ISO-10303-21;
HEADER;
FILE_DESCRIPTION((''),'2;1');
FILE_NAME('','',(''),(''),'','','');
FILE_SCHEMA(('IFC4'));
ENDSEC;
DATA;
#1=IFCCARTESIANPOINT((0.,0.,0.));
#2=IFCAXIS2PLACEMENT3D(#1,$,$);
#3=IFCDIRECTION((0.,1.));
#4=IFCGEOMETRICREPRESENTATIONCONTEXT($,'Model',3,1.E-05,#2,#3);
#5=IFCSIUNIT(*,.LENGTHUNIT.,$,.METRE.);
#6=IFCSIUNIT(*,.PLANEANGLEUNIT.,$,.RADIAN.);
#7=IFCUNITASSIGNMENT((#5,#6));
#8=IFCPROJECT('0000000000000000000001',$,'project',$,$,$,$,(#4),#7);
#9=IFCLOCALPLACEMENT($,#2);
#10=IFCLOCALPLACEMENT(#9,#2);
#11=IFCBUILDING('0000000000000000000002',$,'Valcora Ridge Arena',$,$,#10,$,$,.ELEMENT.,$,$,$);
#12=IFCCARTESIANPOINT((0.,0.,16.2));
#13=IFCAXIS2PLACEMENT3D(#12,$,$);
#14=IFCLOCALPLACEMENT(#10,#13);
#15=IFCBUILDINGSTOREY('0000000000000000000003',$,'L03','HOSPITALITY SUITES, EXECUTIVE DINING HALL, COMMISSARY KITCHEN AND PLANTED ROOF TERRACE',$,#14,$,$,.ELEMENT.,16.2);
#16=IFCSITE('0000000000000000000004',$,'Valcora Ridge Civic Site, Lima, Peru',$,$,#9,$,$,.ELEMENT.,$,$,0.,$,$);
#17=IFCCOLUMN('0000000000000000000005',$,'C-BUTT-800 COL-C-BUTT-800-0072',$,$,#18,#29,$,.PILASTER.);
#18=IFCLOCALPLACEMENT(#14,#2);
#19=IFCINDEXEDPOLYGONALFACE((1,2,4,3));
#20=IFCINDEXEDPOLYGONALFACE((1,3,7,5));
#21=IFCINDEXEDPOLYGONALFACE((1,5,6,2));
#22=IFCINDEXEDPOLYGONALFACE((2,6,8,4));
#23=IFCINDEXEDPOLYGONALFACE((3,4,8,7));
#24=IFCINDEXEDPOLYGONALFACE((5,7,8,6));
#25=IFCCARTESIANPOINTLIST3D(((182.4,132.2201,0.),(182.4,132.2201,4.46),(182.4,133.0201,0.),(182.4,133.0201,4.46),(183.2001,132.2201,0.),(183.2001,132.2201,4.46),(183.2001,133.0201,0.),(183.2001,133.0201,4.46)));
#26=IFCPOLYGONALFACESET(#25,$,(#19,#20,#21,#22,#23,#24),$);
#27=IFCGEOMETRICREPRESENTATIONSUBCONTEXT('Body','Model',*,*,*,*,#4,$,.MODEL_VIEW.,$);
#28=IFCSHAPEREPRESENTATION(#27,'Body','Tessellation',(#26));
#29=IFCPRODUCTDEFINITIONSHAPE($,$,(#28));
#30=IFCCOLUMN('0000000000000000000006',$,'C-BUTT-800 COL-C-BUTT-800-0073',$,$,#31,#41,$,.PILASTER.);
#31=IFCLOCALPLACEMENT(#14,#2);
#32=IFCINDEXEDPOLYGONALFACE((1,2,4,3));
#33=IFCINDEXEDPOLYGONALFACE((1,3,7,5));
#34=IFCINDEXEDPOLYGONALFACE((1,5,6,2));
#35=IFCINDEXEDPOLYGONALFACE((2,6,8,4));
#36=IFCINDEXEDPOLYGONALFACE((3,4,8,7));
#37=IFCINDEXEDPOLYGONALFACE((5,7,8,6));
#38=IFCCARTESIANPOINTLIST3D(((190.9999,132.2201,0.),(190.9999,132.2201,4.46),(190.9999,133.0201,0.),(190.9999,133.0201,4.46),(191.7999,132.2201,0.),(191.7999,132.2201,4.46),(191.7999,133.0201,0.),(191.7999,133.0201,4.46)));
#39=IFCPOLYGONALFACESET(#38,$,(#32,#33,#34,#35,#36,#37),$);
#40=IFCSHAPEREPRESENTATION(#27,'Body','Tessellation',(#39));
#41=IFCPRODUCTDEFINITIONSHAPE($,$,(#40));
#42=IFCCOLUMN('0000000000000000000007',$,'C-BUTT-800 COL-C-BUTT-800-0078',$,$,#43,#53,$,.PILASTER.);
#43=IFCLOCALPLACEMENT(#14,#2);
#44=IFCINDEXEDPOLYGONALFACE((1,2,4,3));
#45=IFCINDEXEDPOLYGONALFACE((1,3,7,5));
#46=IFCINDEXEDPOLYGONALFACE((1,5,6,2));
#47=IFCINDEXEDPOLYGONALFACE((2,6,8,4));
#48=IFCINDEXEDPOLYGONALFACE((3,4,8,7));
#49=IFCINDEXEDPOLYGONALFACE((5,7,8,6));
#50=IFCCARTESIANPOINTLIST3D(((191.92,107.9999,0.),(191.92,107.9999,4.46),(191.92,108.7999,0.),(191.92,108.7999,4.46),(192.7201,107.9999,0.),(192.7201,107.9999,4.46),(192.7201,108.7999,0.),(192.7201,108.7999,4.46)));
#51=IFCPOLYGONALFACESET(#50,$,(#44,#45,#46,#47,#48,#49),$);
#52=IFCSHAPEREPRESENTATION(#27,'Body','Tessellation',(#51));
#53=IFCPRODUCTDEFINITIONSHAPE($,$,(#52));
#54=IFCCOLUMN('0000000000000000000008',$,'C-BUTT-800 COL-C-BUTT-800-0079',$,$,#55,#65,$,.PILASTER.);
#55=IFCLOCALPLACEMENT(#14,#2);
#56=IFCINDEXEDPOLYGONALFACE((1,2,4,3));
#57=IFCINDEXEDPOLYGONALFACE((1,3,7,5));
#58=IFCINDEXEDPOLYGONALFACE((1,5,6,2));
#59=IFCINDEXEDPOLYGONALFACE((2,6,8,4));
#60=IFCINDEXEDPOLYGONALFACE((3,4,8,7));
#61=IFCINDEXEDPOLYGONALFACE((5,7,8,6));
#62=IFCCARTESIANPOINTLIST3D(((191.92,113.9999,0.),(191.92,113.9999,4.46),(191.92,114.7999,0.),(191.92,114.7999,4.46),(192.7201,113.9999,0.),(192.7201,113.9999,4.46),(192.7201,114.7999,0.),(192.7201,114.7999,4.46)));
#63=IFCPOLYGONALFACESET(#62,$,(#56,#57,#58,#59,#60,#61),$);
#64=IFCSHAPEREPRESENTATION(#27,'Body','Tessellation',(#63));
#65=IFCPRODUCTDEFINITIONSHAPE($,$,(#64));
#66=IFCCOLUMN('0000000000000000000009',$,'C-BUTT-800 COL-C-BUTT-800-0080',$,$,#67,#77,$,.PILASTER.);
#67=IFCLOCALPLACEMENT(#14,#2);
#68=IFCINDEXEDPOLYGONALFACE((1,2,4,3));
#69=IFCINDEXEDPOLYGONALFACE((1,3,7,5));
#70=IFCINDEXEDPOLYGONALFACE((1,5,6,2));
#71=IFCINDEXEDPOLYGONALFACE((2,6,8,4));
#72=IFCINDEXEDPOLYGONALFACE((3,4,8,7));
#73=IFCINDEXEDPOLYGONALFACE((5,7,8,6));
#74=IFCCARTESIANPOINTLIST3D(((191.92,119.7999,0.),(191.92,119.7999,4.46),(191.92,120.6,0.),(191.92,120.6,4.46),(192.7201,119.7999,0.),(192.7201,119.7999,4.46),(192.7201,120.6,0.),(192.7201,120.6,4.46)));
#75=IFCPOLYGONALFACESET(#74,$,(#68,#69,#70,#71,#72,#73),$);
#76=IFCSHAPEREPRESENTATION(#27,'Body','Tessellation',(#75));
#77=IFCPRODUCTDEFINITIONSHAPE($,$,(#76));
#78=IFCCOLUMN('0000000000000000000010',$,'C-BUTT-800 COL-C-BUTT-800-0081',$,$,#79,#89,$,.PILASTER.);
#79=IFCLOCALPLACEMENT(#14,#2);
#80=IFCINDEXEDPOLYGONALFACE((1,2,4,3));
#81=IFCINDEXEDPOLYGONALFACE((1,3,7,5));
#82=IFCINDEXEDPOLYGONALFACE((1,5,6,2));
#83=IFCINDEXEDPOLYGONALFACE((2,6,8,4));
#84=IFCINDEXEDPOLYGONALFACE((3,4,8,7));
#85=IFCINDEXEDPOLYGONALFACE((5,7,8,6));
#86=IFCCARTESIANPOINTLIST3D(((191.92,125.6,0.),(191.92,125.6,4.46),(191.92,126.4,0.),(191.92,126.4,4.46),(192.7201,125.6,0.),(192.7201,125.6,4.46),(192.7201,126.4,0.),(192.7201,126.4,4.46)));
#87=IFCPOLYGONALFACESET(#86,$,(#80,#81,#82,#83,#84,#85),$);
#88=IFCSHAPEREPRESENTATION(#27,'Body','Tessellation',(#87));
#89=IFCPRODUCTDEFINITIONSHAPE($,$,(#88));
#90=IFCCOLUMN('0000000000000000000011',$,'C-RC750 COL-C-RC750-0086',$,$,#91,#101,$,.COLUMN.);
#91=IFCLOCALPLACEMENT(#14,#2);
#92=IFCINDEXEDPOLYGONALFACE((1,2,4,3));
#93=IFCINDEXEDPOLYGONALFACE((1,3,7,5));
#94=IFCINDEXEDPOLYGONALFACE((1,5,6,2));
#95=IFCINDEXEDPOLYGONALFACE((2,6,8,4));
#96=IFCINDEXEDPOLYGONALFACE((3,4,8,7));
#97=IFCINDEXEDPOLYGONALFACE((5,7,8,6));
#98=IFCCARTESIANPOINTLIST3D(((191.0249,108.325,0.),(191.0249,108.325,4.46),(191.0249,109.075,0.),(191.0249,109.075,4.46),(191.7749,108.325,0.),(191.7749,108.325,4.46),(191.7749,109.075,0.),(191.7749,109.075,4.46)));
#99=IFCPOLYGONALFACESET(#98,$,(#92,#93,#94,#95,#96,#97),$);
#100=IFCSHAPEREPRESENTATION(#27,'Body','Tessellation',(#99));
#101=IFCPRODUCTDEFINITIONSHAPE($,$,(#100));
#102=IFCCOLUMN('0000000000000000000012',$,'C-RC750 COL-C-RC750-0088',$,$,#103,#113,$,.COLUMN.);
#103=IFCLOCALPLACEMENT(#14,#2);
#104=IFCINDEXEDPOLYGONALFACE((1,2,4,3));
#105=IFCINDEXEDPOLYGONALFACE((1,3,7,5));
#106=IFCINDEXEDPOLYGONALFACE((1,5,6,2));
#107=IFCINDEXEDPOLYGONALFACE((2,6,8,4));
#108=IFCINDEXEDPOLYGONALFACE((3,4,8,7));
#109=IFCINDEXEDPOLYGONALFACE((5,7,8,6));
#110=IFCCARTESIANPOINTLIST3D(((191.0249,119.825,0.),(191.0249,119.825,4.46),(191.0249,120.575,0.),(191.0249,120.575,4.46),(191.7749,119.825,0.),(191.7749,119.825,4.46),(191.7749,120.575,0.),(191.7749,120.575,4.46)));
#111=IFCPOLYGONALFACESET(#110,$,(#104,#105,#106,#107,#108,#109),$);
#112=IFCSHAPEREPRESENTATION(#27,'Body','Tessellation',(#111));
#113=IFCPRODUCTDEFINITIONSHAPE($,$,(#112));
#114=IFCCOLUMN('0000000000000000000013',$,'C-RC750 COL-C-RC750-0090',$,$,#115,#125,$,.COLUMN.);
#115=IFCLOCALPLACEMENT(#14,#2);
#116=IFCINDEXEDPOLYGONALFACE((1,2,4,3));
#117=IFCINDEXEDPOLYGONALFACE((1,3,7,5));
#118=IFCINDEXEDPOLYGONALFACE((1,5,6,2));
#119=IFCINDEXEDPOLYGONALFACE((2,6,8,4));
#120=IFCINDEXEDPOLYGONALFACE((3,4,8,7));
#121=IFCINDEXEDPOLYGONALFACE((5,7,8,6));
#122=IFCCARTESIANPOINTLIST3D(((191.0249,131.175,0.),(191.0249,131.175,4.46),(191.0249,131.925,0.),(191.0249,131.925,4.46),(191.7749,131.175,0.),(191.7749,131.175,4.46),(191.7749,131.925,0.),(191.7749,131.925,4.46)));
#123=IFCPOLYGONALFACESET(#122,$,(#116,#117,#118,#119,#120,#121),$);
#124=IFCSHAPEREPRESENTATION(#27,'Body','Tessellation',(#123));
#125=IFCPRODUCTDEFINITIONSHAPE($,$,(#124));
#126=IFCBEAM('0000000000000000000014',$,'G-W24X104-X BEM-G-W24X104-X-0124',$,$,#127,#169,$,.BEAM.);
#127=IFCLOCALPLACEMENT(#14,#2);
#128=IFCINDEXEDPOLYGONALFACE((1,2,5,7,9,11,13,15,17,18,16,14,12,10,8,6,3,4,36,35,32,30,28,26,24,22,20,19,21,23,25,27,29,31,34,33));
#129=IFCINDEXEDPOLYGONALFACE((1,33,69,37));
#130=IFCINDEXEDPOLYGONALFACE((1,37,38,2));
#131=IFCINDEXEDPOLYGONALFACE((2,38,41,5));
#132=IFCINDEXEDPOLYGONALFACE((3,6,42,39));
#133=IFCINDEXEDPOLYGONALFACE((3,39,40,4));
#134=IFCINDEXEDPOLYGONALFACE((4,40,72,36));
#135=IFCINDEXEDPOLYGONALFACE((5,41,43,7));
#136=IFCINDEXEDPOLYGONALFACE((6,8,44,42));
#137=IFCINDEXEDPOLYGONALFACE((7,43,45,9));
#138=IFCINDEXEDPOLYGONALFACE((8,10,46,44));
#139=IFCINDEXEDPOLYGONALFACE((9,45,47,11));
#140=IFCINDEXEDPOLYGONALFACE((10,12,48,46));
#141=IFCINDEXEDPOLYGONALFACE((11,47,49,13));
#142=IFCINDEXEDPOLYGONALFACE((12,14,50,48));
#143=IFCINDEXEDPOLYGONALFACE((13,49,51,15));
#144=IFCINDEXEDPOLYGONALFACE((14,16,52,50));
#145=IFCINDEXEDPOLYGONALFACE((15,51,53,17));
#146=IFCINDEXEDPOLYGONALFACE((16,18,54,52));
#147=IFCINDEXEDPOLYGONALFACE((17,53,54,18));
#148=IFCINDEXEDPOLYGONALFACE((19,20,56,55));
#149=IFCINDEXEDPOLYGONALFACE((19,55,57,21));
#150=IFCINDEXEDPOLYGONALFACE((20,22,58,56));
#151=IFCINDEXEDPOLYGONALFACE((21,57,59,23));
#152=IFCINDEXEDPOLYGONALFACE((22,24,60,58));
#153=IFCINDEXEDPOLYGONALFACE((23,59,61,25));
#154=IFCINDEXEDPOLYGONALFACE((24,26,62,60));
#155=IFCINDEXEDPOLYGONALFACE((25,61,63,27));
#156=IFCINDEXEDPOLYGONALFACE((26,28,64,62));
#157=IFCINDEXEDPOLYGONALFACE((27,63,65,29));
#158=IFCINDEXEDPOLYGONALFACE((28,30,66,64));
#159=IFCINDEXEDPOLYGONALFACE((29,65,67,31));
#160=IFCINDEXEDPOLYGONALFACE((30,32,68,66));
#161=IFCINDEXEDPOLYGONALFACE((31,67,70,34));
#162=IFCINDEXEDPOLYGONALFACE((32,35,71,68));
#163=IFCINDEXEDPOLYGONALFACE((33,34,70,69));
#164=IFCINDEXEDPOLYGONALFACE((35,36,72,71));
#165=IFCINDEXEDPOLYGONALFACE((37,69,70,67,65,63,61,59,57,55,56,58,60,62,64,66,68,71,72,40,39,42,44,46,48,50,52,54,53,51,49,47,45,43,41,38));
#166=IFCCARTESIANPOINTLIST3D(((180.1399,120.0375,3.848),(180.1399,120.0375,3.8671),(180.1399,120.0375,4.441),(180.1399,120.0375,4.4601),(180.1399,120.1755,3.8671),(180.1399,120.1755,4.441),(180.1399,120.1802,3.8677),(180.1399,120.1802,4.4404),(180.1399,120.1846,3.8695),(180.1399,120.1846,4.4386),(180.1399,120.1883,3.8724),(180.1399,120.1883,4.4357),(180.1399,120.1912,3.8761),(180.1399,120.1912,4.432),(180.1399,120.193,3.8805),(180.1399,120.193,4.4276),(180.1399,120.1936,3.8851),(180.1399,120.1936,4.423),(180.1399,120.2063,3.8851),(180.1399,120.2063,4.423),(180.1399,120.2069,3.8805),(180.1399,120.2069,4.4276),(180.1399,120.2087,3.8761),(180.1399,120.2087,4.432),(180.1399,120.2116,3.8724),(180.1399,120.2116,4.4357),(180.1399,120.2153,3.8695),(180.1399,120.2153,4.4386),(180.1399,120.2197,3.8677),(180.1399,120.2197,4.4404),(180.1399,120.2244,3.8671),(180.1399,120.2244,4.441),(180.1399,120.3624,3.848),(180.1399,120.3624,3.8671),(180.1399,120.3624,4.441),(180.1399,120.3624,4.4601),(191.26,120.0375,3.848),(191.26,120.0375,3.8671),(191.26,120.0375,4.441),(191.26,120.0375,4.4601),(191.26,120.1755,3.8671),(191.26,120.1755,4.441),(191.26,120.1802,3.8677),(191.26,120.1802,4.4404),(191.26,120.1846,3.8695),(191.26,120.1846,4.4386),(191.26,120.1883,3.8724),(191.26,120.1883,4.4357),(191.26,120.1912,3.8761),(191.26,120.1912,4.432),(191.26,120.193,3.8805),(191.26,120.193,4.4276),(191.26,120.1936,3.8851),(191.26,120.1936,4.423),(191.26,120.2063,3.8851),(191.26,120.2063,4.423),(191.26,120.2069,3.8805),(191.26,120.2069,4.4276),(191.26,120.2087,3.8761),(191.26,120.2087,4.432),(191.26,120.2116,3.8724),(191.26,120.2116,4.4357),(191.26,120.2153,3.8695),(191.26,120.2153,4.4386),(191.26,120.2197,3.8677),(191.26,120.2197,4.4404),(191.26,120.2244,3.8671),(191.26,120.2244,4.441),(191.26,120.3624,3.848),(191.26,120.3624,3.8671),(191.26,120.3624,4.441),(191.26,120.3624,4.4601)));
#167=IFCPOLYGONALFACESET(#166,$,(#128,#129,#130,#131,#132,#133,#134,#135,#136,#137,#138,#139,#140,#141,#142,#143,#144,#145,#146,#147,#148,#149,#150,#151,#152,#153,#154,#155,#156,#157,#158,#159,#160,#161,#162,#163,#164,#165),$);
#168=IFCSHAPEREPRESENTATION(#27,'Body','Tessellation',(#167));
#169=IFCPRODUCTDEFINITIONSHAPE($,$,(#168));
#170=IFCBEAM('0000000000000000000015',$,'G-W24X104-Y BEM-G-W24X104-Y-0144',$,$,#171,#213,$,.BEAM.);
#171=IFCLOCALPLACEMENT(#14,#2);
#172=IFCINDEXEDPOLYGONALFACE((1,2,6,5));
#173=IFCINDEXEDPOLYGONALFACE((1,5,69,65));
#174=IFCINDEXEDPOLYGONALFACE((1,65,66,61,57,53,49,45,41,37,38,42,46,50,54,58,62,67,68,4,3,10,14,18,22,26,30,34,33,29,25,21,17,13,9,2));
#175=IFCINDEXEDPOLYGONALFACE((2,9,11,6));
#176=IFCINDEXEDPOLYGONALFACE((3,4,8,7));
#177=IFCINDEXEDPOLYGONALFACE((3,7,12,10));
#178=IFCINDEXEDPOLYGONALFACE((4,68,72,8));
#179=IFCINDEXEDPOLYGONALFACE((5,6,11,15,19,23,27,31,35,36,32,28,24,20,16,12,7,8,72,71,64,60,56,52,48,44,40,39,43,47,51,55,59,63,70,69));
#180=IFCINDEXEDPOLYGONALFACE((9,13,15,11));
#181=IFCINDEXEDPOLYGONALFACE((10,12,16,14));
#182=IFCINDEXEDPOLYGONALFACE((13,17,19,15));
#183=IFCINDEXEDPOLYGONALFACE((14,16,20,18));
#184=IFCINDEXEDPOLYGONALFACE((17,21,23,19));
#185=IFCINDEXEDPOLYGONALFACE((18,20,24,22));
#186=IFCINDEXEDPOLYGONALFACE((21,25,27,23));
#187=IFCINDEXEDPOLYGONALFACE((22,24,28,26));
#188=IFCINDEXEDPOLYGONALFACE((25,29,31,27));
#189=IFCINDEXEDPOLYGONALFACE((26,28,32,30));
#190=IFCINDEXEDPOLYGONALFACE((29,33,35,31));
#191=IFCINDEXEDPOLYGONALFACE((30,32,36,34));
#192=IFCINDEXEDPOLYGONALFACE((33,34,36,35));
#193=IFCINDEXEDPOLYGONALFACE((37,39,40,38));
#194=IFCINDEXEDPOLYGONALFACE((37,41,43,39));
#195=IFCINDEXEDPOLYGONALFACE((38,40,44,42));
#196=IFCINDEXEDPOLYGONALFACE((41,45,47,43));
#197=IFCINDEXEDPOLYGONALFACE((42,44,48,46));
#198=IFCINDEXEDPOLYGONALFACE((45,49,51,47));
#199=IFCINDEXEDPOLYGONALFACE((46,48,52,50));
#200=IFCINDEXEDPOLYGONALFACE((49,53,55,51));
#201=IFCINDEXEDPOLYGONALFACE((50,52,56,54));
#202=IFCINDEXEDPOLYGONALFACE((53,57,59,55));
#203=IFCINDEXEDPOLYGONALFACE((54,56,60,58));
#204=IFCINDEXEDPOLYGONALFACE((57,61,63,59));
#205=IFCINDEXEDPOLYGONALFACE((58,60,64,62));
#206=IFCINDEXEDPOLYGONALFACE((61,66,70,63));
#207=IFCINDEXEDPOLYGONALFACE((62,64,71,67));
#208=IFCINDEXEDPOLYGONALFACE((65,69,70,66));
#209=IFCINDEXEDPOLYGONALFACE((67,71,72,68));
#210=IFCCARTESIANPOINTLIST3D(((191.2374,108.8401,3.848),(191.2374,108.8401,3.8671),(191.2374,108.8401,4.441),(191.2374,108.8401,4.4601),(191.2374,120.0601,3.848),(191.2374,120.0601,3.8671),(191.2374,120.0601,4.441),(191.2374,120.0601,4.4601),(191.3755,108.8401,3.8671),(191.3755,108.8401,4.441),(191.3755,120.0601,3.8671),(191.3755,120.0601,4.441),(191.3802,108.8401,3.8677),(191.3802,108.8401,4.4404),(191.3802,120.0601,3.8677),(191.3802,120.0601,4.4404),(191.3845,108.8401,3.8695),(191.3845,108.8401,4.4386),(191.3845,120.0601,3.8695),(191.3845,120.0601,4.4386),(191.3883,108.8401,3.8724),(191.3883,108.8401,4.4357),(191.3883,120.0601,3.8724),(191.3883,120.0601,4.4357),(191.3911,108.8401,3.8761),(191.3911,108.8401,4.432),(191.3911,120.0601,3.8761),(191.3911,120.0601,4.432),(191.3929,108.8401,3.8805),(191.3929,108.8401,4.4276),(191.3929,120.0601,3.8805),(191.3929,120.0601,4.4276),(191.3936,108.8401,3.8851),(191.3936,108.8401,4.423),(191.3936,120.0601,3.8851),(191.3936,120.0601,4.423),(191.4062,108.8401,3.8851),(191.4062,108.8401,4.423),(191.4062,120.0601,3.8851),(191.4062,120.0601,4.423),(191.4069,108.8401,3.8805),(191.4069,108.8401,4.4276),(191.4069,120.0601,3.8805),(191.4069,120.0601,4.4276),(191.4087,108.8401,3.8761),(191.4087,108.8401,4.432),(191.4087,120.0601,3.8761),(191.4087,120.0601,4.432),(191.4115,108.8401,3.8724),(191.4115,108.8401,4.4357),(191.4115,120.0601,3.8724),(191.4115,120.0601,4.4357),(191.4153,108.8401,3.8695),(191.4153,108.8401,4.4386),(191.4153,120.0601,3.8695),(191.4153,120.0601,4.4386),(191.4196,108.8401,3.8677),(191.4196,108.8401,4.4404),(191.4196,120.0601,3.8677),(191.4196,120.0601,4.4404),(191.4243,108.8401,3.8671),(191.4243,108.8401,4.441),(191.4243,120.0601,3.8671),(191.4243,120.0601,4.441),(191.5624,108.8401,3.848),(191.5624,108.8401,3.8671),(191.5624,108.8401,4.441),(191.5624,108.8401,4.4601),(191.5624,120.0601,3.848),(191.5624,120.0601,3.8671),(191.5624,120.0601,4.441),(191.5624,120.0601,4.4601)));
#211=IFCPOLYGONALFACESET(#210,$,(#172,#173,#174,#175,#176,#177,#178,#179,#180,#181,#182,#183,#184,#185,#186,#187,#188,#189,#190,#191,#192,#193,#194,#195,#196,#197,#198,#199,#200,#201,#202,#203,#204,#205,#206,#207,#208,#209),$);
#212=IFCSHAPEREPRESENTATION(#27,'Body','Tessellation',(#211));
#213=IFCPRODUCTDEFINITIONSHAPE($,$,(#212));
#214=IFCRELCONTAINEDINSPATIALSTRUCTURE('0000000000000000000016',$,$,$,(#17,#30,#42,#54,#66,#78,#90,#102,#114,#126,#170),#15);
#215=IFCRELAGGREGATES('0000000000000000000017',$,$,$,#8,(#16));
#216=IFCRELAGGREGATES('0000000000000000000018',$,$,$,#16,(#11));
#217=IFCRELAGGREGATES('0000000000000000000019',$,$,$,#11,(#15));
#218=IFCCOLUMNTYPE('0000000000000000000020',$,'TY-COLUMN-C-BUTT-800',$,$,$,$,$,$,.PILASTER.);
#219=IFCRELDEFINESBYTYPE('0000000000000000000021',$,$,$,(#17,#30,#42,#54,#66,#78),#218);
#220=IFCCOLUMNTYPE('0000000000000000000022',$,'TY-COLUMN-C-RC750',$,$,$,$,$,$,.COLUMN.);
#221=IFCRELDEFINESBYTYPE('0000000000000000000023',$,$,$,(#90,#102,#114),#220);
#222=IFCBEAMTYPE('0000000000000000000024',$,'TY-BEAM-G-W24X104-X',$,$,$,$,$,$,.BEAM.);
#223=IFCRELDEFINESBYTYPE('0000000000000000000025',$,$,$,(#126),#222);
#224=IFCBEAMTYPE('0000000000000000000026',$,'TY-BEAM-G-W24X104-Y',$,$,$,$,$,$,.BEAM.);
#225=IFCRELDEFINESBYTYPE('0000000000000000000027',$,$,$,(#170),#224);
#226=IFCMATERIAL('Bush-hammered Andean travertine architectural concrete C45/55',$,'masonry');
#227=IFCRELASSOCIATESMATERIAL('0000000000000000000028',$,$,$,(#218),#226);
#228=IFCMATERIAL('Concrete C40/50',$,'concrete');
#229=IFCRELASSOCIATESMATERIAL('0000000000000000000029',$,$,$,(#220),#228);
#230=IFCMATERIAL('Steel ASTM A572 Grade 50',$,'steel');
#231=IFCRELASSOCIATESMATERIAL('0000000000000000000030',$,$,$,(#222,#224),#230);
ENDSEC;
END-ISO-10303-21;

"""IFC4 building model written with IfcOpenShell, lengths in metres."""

from ifc_helpers import new_model, si_unit, direction, frame, origin, origin_2d, place, context, subcontext, project, spatial, rectangle, i_section, extrude, material, material_profile, profile_set, type_object, element, save


model = new_model("IFC4")

# Units and contexts
model_context = context("Model", 3, precision=1e-05, world=origin(), true_north=direction((0.0, 1.0)))
body_context = subcontext(model_context, "Body", "Model", "MODEL_VIEW")
ifc_project = project(units=[si_unit("LENGTHUNIT", "METRE"), si_unit("PLANEANGLEUNIT", "RADIAN")], contexts=[model_context])

# Site, building, storey
site_placement = place(None, origin())
site = spatial("IfcSite", under=ifc_project, at=site_placement, Name="Valcora Ridge Civic Site, Lima, Peru", CompositionType="ELEMENT", RefElevation=0.0)
building_placement = place(site_placement, origin())
building = spatial("IfcBuilding", under=site, at=building_placement, Name="Valcora Ridge Arena", CompositionType="ELEMENT")
storey_placement = place(building_placement, frame((0.0, 0.0, 16.2)))
storey = spatial("IfcBuildingStorey", under=building, at=storey_placement, Name="L03", Description="HOSPITALITY SUITES, EXECUTIVE DINING HALL, COMMISSARY KITCHEN AND PLANTED ROOF TERRACE", CompositionType="ELEMENT", Elevation=16.2)

# Columns
ifc_material_1 = material(Name="Bush-hammered Andean travertine architectural concrete C45/55", Category="masonry")
ifc_material_profile_1 = material_profile(ifc_material_1, rectangle(XDim=0.8, YDim=0.8, at=origin_2d()), Name="RC 800x800")
ifc_profile_set_1 = profile_set([ifc_material_profile_1], Name="Bush-hammered Andean travertine architectural concrete C45/55")
column_type_1 = type_object("IfcColumnType", Name="TY-COLUMN-C-BUTT-800", PredefinedType="PILASTER", material=ifc_profile_set_1)
for number, where, z_axis, x_axis, name in (
    (1, (182.8, 132.6201, 0.0), (0.0, 0.0, 1.0), (1.0, 0.0, 0.0), "C-BUTT-800 COL-C-BUTT-800-0072"),
    (2, (191.3999, 132.6201, 0.0), (0.0, 0.0, 1.0), (1.0, 0.0, 0.0), "C-BUTT-800 COL-C-BUTT-800-0073"),
    (3, (192.3201, 108.3999, 0.0), (0.0, 0.0, 1.0), (1.0, 0.0, 0.0), "C-BUTT-800 COL-C-BUTT-800-0078"),
    (4, (192.3201, 114.3999, 0.0), (0.0, 0.0, 1.0), (1.0, 0.0, 0.0), "C-BUTT-800 COL-C-BUTT-800-0079"),
    (5, (192.3201, 120.2, 0.0), (0.0, 0.0, 1.0), (1.0, 0.0, 0.0), "C-BUTT-800 COL-C-BUTT-800-0080"),
    (6, (192.3201, 126.0, 0.0), (0.0, 0.0, 1.0), (1.0, 0.0, 0.0), "C-BUTT-800 COL-C-BUTT-800-0081"),
):
    element("IfcColumn", number, at=place(storey_placement, frame(where, z_axis=z_axis, x_axis=x_axis)), inside=storey, type_object=column_type_1, Name=name, PredefinedType="PILASTER", context=body_context, shape_type="SweptSolid", body=[
        extrude(rectangle(XDim=0.8, YDim=0.8, at=origin_2d()), origin(), (0.0, 0.0, 1.0), 4.46),
    ])
ifc_material_2 = material(Name="Concrete C40/50", Category="concrete")
ifc_material_profile_2 = material_profile(ifc_material_2, rectangle(XDim=0.75, YDim=0.75, at=origin_2d()), Name="RC 750x750")
ifc_profile_set_2 = profile_set([ifc_material_profile_2], Name="Concrete C40/50")
column_type_2 = type_object("IfcColumnType", Name="TY-COLUMN-C-RC750", PredefinedType="COLUMN", material=ifc_profile_set_2)
for number, where, z_axis, x_axis, name in (
    (7, (191.3999, 108.7, 0.0), (0.0, 0.0, 1.0), (1.0, 0.0, 0.0), "C-RC750 COL-C-RC750-0086"),
    (8, (191.3999, 120.2, 0.0), (0.0, 0.0, 1.0), (1.0, 0.0, 0.0), "C-RC750 COL-C-RC750-0088"),
    (9, (191.3999, 131.55, 0.0), (0.0, 0.0, 1.0), (1.0, 0.0, 0.0), "C-RC750 COL-C-RC750-0090"),
):
    element("IfcColumn", number, at=place(storey_placement, frame(where, z_axis=z_axis, x_axis=x_axis)), inside=storey, type_object=column_type_2, Name=name, PredefinedType="COLUMN", context=body_context, shape_type="SweptSolid", body=[
        extrude(rectangle(XDim=0.75, YDim=0.75, at=origin_2d()), origin(), (0.0, 0.0, 1.0), 4.46),
    ])

# Beams
ifc_material_3 = material(Name="Steel ASTM A572 Grade 50", Category="steel")
ifc_material_profile_3 = material_profile(ifc_material_3, i_section(OverallWidth=0.325, OverallDepth=0.6121, WebThickness=0.0127, FlangeThickness=0.019, FilletRadius=0.0181, at=origin_2d()), Name="W24X104")
ifc_profile_set_3 = profile_set([ifc_material_profile_3], Name="Steel ASTM A572 Grade 50")
beam_type_1 = type_object("IfcBeamType", Name="TY-BEAM-G-W24X104-X", PredefinedType="BEAM", material=ifc_profile_set_3)
beam_1_placement = place(storey_placement, frame((180.1399, 120.2, 4.1541), z_axis=(1.0, 0.0, 0.0), x_axis=(0.0, 1.0, 0.0)))
element("IfcBeam", 10, at=beam_1_placement, inside=storey, type_object=beam_type_1, Name="G-W24X104-X BEM-G-W24X104-X-0124", PredefinedType="BEAM", context=body_context, shape_type="SweptSolid", body=[
    extrude(i_section(OverallWidth=0.325, OverallDepth=0.6121, WebThickness=0.0127, FlangeThickness=0.019, FilletRadius=0.0181, at=origin_2d()), origin(), (0.0, 0.0, 1.0), 11.1201),
])
ifc_material_profile_4 = material_profile(ifc_material_3, i_section(OverallWidth=0.325, OverallDepth=0.6121, WebThickness=0.0127, FlangeThickness=0.019, FilletRadius=0.0181, at=origin_2d()), Name="W24X104")
ifc_profile_set_4 = profile_set([ifc_material_profile_4], Name="Steel ASTM A572 Grade 50")
beam_type_2 = type_object("IfcBeamType", Name="TY-BEAM-G-W24X104-Y", PredefinedType="BEAM", material=ifc_profile_set_4)
beam_2_placement = place(storey_placement, frame((191.3999, 108.8401, 4.1541), z_axis=(0.0, 1.0, 0.0), x_axis=(-1.0, 0.0, 0.0)))
element("IfcBeam", 11, at=beam_2_placement, inside=storey, type_object=beam_type_2, Name="G-W24X104-Y BEM-G-W24X104-Y-0144", PredefinedType="BEAM", context=body_context, shape_type="SweptSolid", body=[
    extrude(i_section(OverallWidth=0.325, OverallDepth=0.6121, WebThickness=0.0127, FlangeThickness=0.019, FilletRadius=0.0181, at=origin_2d()), origin(), (0.0, 0.0, 1.0), 11.22),
])

save(model, "model.ifc")
